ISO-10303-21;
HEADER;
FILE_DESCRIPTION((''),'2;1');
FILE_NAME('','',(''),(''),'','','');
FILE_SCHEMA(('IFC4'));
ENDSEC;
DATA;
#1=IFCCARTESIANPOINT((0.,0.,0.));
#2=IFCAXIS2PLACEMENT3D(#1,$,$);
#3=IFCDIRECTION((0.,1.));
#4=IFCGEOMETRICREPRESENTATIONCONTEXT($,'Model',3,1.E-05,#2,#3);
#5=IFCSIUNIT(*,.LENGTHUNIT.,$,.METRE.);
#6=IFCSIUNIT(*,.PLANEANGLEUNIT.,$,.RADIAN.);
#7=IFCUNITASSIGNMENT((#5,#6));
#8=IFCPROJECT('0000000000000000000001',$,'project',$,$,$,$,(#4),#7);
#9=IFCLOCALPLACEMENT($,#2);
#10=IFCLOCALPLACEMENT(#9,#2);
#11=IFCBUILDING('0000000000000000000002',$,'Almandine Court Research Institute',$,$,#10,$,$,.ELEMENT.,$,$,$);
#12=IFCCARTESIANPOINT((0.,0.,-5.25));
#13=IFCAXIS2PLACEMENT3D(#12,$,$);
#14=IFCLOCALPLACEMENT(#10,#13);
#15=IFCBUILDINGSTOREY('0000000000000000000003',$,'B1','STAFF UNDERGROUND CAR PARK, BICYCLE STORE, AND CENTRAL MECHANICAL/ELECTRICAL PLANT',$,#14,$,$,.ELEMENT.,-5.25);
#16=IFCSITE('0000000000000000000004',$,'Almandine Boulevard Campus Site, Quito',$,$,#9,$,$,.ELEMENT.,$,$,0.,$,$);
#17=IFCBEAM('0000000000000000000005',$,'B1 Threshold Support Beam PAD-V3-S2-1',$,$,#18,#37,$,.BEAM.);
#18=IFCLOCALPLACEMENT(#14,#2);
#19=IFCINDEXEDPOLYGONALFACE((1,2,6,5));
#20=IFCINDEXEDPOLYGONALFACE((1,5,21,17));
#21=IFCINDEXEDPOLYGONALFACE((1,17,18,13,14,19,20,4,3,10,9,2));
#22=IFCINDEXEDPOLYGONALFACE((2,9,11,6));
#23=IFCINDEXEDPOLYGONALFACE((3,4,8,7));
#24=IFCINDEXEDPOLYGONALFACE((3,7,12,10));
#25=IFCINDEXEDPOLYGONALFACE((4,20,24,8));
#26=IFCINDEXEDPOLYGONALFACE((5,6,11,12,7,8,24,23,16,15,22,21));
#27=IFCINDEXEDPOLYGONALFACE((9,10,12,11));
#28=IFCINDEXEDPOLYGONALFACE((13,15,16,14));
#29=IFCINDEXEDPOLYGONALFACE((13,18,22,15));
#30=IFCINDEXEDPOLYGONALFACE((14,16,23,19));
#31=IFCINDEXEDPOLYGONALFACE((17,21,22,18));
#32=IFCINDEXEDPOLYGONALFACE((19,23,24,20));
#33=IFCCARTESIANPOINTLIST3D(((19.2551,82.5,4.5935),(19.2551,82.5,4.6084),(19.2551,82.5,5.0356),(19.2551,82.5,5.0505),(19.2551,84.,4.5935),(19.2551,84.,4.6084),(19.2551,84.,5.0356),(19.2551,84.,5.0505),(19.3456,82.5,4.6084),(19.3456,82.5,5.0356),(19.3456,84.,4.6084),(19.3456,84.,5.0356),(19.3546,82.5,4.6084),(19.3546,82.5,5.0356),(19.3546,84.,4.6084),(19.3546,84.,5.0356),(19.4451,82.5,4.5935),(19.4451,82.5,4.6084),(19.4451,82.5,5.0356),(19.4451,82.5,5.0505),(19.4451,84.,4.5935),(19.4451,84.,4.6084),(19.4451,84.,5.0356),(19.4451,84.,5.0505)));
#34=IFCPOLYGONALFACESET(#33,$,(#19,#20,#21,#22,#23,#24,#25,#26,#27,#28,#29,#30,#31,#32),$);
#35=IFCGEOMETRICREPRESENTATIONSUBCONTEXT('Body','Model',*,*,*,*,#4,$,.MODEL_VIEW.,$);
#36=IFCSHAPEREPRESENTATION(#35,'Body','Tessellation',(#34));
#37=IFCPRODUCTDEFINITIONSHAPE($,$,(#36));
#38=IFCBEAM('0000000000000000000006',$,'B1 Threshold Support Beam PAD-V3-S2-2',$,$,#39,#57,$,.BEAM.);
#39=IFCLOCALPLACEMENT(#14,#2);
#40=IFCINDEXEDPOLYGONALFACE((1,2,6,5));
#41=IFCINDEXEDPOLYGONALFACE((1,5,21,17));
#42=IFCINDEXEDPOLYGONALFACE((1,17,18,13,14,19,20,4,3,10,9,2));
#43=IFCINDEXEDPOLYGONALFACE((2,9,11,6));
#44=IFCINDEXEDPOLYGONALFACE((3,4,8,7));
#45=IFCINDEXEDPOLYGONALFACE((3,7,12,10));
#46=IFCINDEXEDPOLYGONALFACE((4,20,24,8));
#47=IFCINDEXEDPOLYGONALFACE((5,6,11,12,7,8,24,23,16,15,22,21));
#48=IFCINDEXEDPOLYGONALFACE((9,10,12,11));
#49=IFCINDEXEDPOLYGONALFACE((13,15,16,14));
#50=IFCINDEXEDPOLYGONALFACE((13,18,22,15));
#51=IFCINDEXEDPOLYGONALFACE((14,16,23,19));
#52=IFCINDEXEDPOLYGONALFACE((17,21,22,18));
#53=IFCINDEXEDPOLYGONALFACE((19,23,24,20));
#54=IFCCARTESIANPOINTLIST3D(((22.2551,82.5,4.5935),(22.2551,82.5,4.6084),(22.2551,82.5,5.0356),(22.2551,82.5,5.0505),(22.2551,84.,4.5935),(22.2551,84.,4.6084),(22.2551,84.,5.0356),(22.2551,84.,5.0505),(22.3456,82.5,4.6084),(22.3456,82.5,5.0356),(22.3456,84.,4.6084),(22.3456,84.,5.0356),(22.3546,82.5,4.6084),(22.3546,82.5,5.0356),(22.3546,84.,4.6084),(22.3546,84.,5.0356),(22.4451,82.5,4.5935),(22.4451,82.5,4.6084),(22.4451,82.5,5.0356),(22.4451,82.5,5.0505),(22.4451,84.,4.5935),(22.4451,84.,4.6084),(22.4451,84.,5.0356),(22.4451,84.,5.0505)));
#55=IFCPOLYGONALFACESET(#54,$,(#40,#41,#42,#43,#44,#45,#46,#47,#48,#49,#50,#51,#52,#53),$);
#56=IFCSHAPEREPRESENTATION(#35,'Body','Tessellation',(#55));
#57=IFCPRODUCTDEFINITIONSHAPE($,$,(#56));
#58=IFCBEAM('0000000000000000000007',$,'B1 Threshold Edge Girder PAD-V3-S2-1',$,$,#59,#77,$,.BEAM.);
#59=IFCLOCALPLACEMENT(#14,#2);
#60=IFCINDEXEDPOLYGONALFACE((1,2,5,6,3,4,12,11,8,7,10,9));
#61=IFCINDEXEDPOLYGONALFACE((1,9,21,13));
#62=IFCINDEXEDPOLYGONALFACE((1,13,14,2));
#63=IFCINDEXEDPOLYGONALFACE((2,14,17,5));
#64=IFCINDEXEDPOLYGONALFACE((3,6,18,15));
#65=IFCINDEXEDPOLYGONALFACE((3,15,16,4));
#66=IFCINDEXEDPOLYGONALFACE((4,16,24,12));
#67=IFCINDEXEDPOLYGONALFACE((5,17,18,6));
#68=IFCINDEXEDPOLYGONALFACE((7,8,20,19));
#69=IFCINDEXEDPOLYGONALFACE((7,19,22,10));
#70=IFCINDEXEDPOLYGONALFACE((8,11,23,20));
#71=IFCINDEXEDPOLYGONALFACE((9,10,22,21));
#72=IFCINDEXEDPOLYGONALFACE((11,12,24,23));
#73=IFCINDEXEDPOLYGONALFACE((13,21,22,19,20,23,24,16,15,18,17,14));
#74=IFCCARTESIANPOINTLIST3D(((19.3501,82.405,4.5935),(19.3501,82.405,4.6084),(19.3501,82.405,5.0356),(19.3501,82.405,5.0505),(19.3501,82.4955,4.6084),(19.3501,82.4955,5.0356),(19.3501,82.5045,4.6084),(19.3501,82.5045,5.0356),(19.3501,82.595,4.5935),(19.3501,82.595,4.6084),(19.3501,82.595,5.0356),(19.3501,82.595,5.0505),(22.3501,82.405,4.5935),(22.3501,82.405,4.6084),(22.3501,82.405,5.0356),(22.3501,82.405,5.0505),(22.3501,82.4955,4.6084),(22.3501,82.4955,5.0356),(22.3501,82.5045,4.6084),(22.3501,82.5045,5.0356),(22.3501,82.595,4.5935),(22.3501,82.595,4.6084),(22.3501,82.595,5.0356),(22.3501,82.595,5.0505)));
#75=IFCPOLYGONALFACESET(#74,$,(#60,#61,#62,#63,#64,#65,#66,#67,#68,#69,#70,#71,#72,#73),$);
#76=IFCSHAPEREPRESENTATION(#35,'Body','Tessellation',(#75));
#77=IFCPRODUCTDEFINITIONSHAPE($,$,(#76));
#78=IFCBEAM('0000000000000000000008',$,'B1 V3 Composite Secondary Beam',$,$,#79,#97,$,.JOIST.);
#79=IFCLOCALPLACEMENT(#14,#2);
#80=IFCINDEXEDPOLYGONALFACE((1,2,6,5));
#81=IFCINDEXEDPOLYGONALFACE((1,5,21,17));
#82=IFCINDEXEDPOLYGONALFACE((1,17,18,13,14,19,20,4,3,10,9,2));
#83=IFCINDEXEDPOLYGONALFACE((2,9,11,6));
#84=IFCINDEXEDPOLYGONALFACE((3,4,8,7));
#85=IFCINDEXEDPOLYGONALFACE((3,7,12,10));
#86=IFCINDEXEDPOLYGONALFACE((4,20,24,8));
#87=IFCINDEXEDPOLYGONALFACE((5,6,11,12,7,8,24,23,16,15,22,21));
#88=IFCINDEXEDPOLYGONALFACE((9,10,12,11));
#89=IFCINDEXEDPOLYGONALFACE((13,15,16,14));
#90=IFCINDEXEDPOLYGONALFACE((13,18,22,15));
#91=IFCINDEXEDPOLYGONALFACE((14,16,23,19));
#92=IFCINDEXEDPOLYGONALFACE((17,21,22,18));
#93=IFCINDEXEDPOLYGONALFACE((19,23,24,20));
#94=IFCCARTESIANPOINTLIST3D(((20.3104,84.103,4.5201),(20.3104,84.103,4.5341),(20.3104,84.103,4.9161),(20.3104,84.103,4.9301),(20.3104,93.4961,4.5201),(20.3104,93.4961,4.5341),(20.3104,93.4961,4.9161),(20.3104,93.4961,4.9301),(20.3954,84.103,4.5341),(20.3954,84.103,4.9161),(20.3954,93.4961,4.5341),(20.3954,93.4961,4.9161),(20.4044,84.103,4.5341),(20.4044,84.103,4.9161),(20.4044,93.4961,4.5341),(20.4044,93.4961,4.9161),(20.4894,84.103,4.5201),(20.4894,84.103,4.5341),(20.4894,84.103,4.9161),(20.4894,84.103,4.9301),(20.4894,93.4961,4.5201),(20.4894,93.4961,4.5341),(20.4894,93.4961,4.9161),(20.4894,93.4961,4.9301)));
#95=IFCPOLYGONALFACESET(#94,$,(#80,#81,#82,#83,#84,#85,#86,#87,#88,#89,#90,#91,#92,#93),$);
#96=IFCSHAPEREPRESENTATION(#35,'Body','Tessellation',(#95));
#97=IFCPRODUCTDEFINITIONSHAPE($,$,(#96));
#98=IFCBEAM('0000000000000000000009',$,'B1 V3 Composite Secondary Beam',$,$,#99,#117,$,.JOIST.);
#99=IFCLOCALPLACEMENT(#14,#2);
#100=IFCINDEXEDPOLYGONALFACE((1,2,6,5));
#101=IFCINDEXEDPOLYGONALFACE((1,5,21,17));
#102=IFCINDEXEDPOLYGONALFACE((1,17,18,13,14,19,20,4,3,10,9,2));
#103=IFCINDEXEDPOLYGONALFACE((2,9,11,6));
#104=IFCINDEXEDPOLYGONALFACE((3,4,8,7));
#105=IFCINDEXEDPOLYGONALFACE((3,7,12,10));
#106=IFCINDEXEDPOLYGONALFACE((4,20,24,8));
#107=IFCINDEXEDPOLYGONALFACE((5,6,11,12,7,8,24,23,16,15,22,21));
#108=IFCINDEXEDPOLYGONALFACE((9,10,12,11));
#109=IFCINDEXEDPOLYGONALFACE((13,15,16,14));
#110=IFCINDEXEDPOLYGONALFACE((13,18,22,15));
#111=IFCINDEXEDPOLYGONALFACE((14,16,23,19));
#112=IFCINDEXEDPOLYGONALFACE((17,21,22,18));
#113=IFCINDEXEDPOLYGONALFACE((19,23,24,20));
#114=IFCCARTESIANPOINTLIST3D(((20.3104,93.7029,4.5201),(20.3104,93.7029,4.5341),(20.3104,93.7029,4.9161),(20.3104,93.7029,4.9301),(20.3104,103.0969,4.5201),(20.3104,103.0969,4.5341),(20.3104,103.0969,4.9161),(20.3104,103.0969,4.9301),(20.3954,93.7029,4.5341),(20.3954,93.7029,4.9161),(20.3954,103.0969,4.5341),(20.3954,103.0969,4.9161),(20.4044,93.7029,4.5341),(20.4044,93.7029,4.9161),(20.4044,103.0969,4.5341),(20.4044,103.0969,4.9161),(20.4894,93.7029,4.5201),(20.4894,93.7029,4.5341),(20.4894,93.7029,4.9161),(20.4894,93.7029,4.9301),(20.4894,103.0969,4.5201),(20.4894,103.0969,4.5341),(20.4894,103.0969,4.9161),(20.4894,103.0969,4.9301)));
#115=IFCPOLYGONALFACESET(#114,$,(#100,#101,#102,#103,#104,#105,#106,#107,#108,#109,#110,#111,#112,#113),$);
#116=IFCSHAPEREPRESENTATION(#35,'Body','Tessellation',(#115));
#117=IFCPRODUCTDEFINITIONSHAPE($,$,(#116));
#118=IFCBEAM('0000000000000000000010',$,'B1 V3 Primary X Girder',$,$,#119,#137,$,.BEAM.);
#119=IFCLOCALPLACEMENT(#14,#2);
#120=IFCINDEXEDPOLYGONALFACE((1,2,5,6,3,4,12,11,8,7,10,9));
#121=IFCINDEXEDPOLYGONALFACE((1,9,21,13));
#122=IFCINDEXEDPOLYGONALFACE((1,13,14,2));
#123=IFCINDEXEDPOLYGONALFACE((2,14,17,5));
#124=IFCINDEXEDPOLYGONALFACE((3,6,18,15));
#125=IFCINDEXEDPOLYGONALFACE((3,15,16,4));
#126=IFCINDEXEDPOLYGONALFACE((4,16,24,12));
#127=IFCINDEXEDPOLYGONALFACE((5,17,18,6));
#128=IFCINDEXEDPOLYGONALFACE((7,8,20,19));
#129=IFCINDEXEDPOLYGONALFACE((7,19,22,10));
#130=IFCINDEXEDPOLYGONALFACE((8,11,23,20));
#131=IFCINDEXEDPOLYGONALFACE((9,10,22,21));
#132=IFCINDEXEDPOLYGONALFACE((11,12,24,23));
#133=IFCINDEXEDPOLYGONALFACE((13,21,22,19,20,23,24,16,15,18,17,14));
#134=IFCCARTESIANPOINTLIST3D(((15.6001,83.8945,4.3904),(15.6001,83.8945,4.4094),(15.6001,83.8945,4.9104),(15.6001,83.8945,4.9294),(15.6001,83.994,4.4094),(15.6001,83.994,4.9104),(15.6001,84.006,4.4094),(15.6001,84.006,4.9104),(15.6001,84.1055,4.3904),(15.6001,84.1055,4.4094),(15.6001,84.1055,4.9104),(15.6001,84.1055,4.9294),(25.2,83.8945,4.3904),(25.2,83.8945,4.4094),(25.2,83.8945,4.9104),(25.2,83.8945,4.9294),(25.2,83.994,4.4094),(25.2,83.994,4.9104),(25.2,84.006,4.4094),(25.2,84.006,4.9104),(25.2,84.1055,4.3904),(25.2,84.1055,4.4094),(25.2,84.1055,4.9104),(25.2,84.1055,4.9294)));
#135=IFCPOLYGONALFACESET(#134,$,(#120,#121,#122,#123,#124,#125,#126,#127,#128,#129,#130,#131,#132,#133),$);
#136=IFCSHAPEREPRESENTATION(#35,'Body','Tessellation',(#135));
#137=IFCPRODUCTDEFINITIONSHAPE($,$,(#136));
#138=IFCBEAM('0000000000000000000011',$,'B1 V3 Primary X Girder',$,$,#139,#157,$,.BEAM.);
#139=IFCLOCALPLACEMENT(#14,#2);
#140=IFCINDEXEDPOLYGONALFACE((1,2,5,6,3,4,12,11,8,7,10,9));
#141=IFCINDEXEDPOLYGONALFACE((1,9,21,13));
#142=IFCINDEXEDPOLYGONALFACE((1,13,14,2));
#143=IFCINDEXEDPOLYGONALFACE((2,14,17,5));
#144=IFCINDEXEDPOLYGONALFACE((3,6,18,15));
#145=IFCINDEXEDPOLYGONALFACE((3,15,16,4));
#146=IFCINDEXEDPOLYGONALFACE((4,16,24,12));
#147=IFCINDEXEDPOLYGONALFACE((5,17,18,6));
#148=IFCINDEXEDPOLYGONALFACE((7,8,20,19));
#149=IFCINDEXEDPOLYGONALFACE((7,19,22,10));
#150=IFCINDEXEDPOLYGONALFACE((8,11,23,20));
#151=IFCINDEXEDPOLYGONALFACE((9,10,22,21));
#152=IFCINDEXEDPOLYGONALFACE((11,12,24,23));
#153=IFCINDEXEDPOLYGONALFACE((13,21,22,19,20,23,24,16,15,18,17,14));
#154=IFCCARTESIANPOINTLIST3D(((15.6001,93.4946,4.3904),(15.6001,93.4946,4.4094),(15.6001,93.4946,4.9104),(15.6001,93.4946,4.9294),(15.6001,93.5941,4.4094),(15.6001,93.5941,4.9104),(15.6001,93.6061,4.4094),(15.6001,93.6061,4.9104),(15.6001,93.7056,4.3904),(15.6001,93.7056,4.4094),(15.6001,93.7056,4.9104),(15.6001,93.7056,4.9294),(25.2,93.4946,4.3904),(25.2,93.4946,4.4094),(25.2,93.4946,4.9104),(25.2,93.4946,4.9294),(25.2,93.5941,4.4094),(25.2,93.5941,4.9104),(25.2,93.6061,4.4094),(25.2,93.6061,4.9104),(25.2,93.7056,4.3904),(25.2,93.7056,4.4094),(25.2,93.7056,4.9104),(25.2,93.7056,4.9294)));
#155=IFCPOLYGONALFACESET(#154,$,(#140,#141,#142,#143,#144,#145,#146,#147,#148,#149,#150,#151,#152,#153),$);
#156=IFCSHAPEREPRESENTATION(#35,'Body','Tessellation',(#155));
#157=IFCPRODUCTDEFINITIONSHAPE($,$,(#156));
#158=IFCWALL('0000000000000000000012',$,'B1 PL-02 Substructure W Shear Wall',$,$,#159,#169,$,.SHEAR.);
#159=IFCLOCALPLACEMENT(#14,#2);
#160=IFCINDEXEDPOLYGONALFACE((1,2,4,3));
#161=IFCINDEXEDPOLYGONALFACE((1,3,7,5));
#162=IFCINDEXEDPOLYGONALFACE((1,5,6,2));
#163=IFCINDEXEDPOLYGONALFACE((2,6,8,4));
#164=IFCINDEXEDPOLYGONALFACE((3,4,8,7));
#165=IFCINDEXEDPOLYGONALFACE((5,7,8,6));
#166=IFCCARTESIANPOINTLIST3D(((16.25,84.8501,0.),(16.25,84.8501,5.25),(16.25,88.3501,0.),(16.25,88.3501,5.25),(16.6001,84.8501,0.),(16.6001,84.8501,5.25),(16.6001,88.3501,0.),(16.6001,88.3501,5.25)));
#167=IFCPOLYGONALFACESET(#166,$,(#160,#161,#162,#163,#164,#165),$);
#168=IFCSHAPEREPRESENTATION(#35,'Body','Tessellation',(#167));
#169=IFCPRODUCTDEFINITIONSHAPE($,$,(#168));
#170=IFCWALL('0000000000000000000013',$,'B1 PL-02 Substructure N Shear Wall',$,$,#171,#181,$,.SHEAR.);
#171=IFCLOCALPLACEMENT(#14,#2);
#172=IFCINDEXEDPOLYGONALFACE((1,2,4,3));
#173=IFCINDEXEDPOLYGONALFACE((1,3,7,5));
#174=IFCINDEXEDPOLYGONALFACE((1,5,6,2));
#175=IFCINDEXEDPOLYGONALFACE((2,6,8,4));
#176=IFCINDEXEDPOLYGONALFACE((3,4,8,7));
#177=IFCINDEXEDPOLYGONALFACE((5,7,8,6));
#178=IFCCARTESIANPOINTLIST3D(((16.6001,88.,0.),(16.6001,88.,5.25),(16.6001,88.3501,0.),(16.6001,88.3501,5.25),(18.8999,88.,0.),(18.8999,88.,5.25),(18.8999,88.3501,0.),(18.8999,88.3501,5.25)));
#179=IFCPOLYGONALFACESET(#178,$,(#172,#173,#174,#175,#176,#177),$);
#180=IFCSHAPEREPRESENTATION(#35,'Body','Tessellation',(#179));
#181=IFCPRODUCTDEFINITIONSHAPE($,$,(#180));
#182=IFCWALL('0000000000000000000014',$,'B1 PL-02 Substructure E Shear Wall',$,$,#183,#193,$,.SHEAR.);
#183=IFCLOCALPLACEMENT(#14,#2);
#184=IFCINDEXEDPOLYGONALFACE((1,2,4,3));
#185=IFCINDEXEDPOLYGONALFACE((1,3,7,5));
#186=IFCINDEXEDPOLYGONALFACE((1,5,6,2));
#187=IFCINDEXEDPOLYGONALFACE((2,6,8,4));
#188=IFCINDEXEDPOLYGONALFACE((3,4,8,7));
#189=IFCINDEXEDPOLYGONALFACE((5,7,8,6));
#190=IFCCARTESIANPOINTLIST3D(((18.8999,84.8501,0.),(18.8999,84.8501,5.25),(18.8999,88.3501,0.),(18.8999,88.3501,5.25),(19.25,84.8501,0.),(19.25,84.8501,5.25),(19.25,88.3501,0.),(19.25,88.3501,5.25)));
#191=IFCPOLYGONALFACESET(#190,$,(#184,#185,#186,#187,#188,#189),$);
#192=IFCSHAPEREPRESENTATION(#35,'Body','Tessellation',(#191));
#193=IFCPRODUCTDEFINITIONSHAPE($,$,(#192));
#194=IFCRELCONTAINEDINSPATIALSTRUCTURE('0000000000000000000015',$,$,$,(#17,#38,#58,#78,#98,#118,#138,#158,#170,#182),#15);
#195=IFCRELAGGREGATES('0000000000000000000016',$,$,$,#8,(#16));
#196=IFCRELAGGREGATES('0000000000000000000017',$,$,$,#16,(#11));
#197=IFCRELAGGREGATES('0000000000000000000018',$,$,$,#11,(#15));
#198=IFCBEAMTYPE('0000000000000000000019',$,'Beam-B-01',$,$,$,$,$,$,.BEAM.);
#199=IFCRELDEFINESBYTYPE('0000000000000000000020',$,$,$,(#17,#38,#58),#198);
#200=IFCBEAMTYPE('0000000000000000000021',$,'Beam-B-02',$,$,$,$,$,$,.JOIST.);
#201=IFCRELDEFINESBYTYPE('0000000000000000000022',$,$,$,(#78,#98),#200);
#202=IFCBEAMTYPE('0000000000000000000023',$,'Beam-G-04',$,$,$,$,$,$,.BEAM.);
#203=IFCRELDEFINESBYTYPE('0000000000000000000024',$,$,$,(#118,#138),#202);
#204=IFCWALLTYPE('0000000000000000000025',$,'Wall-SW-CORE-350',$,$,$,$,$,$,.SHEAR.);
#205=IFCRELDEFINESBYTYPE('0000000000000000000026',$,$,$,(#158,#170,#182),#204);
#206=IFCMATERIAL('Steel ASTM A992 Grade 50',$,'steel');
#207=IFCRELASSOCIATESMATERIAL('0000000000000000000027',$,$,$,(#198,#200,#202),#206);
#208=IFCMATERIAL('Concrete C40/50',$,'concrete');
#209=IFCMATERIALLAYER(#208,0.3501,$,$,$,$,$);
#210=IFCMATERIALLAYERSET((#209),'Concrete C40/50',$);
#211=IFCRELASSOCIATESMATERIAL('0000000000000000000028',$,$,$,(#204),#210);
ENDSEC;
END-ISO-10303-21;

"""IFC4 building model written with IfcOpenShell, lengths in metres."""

from ifc_helpers import new_model, si_unit, direction, frame, frame_2d, origin, origin_2d, place, context, subcontext, project, spatial, rectangle, i_section, extrude, material, layer, layer_set, material_profile, profile_set, type_object, element, save


model = new_model("IFC4")

# Units and contexts
model_context = context("Model", 3, precision=1e-05, world=origin(), true_north=direction((0.0, 1.0)))
body_context = subcontext(model_context, "Body", "Model", "MODEL_VIEW")
ifc_project = project(units=[si_unit("LENGTHUNIT", "METRE"), si_unit("PLANEANGLEUNIT", "RADIAN")], contexts=[model_context])

# Site, building, storey
site_placement = place(None, origin())
site = spatial("IfcSite", under=ifc_project, at=site_placement, Name="Almandine Boulevard Campus Site, Quito", CompositionType="ELEMENT", RefElevation=0.0)
building_placement = place(site_placement, origin())
building = spatial("IfcBuilding", under=site, at=building_placement, Name="Almandine Court Research Institute", CompositionType="ELEMENT")
storey_placement = place(building_placement, frame((0.0, 0.0, -5.25)))
storey = spatial("IfcBuildingStorey", under=building, at=storey_placement, Name="B1", Description="STAFF UNDERGROUND CAR PARK, BICYCLE STORE, AND CENTRAL MECHANICAL/ELECTRICAL PLANT", CompositionType="ELEMENT", Elevation=-5.25)

# Shared definitions
ifc_material_1 = material(Name="Concrete C40/50", Category="concrete")
ifc_material_2 = material(Name="Steel ASTM A992 Grade 50", Category="steel")

# Beams
ifc_material_profile_1 = material_profile(ifc_material_2, i_section(OverallWidth=0.1899, OverallDepth=0.457, WebThickness=0.009, FlangeThickness=0.0149, at=origin_2d()), Name="W460x74")
ifc_profile_set_1 = profile_set([ifc_material_profile_1], Name="Steel ASTM A992 Grade 50")
beam_type_1 = type_object("IfcBeamType", Name="Beam-B-01", PredefinedType="BEAM", material=ifc_profile_set_1)
for number, where, z_axis, x_axis, name in (
    (1, (19.3501, 82.5, 4.822), (0.0, 1.0, 0.0), (-1.0, 0.0, 0.0), "B1 Threshold Support Beam PAD-V3-S2-1"),
    (2, (22.3501, 82.5, 4.822), (0.0, 1.0, 0.0), (-1.0, 0.0, 0.0), "B1 Threshold Support Beam PAD-V3-S2-2"),
):
    element("IfcBeam", number, at=place(storey_placement, frame(where, z_axis=z_axis, x_axis=x_axis)), inside=storey, type_object=beam_type_1, Name=name, PredefinedType="BEAM", context=body_context, shape_type="SweptSolid", body=[
        extrude(i_section(OverallWidth=0.1899, OverallDepth=0.457, WebThickness=0.009, FlangeThickness=0.0149, at=origin_2d()), origin(), (0.0, 0.0, 1.0), 1.5),
    ])
beam_1_placement = place(storey_placement, frame((19.3501, 82.5, 4.822), z_axis=(1.0, 0.0, 0.0), x_axis=(0.0, 1.0, 0.0)))
element("IfcBeam", 3, at=beam_1_placement, inside=storey, type_object=beam_type_1, Name="B1 Threshold Edge Girder PAD-V3-S2-1", PredefinedType="BEAM", context=body_context, shape_type="SweptSolid", body=[
    extrude(i_section(OverallWidth=0.1899, OverallDepth=0.457, WebThickness=0.009, FlangeThickness=0.0149, at=origin_2d()), origin(), (0.0, 0.0, 1.0), 3.0),
])
ifc_material_profile_2 = material_profile(ifc_material_2, i_section(OverallWidth=0.179, OverallDepth=0.4099, WebThickness=0.009, FlangeThickness=0.0139, at=origin_2d()), Name="W410x67")
ifc_profile_set_2 = profile_set([ifc_material_profile_2], Name="Steel ASTM A992 Grade 50")
beam_type_2 = type_object("IfcBeamType", Name="Beam-B-02", PredefinedType="JOIST", material=ifc_profile_set_2)
beam_2_placement = place(storey_placement, frame((20.3999, 84.103, 4.7251), z_axis=(0.0, 1.0, 0.0), x_axis=(-1.0, 0.0, 0.0)))
element("IfcBeam", 4, at=beam_2_placement, inside=storey, type_object=beam_type_2, Name="B1 V3 Composite Secondary Beam", PredefinedType="JOIST", context=body_context, shape_type="SweptSolid", body=[
    extrude(i_section(OverallWidth=0.179, OverallDepth=0.4099, WebThickness=0.009, FlangeThickness=0.0139, at=origin_2d()), origin(), (0.0, 0.0, 1.0), 9.3931),
])
beam_3_placement = place(storey_placement, frame((20.3999, 93.7029, 4.7251), z_axis=(0.0, 1.0, 0.0), x_axis=(-1.0, 0.0, 0.0)))
element("IfcBeam", 5, at=beam_3_placement, inside=storey, type_object=beam_type_2, Name="B1 V3 Composite Secondary Beam", PredefinedType="JOIST", context=body_context, shape_type="SweptSolid", body=[
    extrude(i_section(OverallWidth=0.179, OverallDepth=0.4099, WebThickness=0.009, FlangeThickness=0.0139, at=origin_2d()), origin(), (0.0, 0.0, 1.0), 9.394),
])
ifc_material_profile_3 = material_profile(ifc_material_2, i_section(OverallWidth=0.2109, OverallDepth=0.5391, WebThickness=0.012, FlangeThickness=0.019, at=origin_2d()), Name="W530x109")
ifc_profile_set_3 = profile_set([ifc_material_profile_3], Name="Steel ASTM A992 Grade 50")
beam_type_3 = type_object("IfcBeamType", Name="Beam-G-04", PredefinedType="BEAM", material=ifc_profile_set_3)
for number, where, z_axis, x_axis, name in (
    (6, (15.6001, 84.0, 4.6599), (1.0, 0.0, 0.0), (0.0, 1.0, 0.0), "B1 V3 Primary X Girder"),
    (7, (15.6001, 93.6001, 4.6599), (1.0, 0.0, 0.0), (0.0, 1.0, 0.0), "B1 V3 Primary X Girder"),
):
    element("IfcBeam", number, at=place(storey_placement, frame(where, z_axis=z_axis, x_axis=x_axis)), inside=storey, type_object=beam_type_3, Name=name, PredefinedType="BEAM", context=body_context, shape_type="SweptSolid", body=[
        extrude(i_section(OverallWidth=0.2109, OverallDepth=0.5391, WebThickness=0.012, FlangeThickness=0.019, at=origin_2d()), origin(), (0.0, 0.0, 1.0), 9.5999),
    ])

# Walls
ifc_layer = layer(ifc_material_1, 0.3501)
ifc_layer_set = layer_set([ifc_layer], Name="Concrete C40/50")
wall_type = type_object("IfcWallType", Name="Wall-SW-CORE-350", PredefinedType="SHEAR", material=ifc_layer_set)
wall_1_placement = place(storey_placement, frame((16.425, 84.8501, 0.0), z_axis=(0.0, 0.0, 1.0), x_axis=(0.0, 1.0, 0.0)))
element("IfcWall", 8, at=wall_1_placement, inside=storey, type_object=wall_type, Name="B1 PL-02 Substructure W Shear Wall", PredefinedType="SHEAR", context=body_context, shape_type="SweptSolid", body=[
    extrude(rectangle(XDim=3.5, YDim=0.3501, at=frame_2d((1.75, 0.0))), origin(), (0.0, 0.0, 1.0), 5.25),
])
wall_2_placement = place(storey_placement, frame((16.6001, 88.175, 0.0), z_axis=(0.0, 0.0, 1.0), x_axis=(1.0, 0.0, 0.0)))
element("IfcWall", 9, at=wall_2_placement, inside=storey, type_object=wall_type, Name="B1 PL-02 Substructure N Shear Wall", PredefinedType="SHEAR", context=body_context, shape_type="SweptSolid", body=[
    extrude(rectangle(XDim=2.2998, YDim=0.3501, at=frame_2d((1.1499, 0.0))), origin(), (0.0, 0.0, 1.0), 5.25),
])
wall_3_placement = place(storey_placement, frame((19.075, 88.3501, 0.0), z_axis=(0.0, 0.0, 1.0), x_axis=(0.0, -1.0, 0.0)))
element("IfcWall", 10, at=wall_3_placement, inside=storey, type_object=wall_type, Name="B1 PL-02 Substructure E Shear Wall", PredefinedType="SHEAR", context=body_context, shape_type="SweptSolid", body=[
    extrude(rectangle(XDim=3.5, YDim=0.3501, at=frame_2d((1.75, 0.0))), origin(), (0.0, 0.0, 1.0), 5.25),
])

save(model, "model.ifc")
